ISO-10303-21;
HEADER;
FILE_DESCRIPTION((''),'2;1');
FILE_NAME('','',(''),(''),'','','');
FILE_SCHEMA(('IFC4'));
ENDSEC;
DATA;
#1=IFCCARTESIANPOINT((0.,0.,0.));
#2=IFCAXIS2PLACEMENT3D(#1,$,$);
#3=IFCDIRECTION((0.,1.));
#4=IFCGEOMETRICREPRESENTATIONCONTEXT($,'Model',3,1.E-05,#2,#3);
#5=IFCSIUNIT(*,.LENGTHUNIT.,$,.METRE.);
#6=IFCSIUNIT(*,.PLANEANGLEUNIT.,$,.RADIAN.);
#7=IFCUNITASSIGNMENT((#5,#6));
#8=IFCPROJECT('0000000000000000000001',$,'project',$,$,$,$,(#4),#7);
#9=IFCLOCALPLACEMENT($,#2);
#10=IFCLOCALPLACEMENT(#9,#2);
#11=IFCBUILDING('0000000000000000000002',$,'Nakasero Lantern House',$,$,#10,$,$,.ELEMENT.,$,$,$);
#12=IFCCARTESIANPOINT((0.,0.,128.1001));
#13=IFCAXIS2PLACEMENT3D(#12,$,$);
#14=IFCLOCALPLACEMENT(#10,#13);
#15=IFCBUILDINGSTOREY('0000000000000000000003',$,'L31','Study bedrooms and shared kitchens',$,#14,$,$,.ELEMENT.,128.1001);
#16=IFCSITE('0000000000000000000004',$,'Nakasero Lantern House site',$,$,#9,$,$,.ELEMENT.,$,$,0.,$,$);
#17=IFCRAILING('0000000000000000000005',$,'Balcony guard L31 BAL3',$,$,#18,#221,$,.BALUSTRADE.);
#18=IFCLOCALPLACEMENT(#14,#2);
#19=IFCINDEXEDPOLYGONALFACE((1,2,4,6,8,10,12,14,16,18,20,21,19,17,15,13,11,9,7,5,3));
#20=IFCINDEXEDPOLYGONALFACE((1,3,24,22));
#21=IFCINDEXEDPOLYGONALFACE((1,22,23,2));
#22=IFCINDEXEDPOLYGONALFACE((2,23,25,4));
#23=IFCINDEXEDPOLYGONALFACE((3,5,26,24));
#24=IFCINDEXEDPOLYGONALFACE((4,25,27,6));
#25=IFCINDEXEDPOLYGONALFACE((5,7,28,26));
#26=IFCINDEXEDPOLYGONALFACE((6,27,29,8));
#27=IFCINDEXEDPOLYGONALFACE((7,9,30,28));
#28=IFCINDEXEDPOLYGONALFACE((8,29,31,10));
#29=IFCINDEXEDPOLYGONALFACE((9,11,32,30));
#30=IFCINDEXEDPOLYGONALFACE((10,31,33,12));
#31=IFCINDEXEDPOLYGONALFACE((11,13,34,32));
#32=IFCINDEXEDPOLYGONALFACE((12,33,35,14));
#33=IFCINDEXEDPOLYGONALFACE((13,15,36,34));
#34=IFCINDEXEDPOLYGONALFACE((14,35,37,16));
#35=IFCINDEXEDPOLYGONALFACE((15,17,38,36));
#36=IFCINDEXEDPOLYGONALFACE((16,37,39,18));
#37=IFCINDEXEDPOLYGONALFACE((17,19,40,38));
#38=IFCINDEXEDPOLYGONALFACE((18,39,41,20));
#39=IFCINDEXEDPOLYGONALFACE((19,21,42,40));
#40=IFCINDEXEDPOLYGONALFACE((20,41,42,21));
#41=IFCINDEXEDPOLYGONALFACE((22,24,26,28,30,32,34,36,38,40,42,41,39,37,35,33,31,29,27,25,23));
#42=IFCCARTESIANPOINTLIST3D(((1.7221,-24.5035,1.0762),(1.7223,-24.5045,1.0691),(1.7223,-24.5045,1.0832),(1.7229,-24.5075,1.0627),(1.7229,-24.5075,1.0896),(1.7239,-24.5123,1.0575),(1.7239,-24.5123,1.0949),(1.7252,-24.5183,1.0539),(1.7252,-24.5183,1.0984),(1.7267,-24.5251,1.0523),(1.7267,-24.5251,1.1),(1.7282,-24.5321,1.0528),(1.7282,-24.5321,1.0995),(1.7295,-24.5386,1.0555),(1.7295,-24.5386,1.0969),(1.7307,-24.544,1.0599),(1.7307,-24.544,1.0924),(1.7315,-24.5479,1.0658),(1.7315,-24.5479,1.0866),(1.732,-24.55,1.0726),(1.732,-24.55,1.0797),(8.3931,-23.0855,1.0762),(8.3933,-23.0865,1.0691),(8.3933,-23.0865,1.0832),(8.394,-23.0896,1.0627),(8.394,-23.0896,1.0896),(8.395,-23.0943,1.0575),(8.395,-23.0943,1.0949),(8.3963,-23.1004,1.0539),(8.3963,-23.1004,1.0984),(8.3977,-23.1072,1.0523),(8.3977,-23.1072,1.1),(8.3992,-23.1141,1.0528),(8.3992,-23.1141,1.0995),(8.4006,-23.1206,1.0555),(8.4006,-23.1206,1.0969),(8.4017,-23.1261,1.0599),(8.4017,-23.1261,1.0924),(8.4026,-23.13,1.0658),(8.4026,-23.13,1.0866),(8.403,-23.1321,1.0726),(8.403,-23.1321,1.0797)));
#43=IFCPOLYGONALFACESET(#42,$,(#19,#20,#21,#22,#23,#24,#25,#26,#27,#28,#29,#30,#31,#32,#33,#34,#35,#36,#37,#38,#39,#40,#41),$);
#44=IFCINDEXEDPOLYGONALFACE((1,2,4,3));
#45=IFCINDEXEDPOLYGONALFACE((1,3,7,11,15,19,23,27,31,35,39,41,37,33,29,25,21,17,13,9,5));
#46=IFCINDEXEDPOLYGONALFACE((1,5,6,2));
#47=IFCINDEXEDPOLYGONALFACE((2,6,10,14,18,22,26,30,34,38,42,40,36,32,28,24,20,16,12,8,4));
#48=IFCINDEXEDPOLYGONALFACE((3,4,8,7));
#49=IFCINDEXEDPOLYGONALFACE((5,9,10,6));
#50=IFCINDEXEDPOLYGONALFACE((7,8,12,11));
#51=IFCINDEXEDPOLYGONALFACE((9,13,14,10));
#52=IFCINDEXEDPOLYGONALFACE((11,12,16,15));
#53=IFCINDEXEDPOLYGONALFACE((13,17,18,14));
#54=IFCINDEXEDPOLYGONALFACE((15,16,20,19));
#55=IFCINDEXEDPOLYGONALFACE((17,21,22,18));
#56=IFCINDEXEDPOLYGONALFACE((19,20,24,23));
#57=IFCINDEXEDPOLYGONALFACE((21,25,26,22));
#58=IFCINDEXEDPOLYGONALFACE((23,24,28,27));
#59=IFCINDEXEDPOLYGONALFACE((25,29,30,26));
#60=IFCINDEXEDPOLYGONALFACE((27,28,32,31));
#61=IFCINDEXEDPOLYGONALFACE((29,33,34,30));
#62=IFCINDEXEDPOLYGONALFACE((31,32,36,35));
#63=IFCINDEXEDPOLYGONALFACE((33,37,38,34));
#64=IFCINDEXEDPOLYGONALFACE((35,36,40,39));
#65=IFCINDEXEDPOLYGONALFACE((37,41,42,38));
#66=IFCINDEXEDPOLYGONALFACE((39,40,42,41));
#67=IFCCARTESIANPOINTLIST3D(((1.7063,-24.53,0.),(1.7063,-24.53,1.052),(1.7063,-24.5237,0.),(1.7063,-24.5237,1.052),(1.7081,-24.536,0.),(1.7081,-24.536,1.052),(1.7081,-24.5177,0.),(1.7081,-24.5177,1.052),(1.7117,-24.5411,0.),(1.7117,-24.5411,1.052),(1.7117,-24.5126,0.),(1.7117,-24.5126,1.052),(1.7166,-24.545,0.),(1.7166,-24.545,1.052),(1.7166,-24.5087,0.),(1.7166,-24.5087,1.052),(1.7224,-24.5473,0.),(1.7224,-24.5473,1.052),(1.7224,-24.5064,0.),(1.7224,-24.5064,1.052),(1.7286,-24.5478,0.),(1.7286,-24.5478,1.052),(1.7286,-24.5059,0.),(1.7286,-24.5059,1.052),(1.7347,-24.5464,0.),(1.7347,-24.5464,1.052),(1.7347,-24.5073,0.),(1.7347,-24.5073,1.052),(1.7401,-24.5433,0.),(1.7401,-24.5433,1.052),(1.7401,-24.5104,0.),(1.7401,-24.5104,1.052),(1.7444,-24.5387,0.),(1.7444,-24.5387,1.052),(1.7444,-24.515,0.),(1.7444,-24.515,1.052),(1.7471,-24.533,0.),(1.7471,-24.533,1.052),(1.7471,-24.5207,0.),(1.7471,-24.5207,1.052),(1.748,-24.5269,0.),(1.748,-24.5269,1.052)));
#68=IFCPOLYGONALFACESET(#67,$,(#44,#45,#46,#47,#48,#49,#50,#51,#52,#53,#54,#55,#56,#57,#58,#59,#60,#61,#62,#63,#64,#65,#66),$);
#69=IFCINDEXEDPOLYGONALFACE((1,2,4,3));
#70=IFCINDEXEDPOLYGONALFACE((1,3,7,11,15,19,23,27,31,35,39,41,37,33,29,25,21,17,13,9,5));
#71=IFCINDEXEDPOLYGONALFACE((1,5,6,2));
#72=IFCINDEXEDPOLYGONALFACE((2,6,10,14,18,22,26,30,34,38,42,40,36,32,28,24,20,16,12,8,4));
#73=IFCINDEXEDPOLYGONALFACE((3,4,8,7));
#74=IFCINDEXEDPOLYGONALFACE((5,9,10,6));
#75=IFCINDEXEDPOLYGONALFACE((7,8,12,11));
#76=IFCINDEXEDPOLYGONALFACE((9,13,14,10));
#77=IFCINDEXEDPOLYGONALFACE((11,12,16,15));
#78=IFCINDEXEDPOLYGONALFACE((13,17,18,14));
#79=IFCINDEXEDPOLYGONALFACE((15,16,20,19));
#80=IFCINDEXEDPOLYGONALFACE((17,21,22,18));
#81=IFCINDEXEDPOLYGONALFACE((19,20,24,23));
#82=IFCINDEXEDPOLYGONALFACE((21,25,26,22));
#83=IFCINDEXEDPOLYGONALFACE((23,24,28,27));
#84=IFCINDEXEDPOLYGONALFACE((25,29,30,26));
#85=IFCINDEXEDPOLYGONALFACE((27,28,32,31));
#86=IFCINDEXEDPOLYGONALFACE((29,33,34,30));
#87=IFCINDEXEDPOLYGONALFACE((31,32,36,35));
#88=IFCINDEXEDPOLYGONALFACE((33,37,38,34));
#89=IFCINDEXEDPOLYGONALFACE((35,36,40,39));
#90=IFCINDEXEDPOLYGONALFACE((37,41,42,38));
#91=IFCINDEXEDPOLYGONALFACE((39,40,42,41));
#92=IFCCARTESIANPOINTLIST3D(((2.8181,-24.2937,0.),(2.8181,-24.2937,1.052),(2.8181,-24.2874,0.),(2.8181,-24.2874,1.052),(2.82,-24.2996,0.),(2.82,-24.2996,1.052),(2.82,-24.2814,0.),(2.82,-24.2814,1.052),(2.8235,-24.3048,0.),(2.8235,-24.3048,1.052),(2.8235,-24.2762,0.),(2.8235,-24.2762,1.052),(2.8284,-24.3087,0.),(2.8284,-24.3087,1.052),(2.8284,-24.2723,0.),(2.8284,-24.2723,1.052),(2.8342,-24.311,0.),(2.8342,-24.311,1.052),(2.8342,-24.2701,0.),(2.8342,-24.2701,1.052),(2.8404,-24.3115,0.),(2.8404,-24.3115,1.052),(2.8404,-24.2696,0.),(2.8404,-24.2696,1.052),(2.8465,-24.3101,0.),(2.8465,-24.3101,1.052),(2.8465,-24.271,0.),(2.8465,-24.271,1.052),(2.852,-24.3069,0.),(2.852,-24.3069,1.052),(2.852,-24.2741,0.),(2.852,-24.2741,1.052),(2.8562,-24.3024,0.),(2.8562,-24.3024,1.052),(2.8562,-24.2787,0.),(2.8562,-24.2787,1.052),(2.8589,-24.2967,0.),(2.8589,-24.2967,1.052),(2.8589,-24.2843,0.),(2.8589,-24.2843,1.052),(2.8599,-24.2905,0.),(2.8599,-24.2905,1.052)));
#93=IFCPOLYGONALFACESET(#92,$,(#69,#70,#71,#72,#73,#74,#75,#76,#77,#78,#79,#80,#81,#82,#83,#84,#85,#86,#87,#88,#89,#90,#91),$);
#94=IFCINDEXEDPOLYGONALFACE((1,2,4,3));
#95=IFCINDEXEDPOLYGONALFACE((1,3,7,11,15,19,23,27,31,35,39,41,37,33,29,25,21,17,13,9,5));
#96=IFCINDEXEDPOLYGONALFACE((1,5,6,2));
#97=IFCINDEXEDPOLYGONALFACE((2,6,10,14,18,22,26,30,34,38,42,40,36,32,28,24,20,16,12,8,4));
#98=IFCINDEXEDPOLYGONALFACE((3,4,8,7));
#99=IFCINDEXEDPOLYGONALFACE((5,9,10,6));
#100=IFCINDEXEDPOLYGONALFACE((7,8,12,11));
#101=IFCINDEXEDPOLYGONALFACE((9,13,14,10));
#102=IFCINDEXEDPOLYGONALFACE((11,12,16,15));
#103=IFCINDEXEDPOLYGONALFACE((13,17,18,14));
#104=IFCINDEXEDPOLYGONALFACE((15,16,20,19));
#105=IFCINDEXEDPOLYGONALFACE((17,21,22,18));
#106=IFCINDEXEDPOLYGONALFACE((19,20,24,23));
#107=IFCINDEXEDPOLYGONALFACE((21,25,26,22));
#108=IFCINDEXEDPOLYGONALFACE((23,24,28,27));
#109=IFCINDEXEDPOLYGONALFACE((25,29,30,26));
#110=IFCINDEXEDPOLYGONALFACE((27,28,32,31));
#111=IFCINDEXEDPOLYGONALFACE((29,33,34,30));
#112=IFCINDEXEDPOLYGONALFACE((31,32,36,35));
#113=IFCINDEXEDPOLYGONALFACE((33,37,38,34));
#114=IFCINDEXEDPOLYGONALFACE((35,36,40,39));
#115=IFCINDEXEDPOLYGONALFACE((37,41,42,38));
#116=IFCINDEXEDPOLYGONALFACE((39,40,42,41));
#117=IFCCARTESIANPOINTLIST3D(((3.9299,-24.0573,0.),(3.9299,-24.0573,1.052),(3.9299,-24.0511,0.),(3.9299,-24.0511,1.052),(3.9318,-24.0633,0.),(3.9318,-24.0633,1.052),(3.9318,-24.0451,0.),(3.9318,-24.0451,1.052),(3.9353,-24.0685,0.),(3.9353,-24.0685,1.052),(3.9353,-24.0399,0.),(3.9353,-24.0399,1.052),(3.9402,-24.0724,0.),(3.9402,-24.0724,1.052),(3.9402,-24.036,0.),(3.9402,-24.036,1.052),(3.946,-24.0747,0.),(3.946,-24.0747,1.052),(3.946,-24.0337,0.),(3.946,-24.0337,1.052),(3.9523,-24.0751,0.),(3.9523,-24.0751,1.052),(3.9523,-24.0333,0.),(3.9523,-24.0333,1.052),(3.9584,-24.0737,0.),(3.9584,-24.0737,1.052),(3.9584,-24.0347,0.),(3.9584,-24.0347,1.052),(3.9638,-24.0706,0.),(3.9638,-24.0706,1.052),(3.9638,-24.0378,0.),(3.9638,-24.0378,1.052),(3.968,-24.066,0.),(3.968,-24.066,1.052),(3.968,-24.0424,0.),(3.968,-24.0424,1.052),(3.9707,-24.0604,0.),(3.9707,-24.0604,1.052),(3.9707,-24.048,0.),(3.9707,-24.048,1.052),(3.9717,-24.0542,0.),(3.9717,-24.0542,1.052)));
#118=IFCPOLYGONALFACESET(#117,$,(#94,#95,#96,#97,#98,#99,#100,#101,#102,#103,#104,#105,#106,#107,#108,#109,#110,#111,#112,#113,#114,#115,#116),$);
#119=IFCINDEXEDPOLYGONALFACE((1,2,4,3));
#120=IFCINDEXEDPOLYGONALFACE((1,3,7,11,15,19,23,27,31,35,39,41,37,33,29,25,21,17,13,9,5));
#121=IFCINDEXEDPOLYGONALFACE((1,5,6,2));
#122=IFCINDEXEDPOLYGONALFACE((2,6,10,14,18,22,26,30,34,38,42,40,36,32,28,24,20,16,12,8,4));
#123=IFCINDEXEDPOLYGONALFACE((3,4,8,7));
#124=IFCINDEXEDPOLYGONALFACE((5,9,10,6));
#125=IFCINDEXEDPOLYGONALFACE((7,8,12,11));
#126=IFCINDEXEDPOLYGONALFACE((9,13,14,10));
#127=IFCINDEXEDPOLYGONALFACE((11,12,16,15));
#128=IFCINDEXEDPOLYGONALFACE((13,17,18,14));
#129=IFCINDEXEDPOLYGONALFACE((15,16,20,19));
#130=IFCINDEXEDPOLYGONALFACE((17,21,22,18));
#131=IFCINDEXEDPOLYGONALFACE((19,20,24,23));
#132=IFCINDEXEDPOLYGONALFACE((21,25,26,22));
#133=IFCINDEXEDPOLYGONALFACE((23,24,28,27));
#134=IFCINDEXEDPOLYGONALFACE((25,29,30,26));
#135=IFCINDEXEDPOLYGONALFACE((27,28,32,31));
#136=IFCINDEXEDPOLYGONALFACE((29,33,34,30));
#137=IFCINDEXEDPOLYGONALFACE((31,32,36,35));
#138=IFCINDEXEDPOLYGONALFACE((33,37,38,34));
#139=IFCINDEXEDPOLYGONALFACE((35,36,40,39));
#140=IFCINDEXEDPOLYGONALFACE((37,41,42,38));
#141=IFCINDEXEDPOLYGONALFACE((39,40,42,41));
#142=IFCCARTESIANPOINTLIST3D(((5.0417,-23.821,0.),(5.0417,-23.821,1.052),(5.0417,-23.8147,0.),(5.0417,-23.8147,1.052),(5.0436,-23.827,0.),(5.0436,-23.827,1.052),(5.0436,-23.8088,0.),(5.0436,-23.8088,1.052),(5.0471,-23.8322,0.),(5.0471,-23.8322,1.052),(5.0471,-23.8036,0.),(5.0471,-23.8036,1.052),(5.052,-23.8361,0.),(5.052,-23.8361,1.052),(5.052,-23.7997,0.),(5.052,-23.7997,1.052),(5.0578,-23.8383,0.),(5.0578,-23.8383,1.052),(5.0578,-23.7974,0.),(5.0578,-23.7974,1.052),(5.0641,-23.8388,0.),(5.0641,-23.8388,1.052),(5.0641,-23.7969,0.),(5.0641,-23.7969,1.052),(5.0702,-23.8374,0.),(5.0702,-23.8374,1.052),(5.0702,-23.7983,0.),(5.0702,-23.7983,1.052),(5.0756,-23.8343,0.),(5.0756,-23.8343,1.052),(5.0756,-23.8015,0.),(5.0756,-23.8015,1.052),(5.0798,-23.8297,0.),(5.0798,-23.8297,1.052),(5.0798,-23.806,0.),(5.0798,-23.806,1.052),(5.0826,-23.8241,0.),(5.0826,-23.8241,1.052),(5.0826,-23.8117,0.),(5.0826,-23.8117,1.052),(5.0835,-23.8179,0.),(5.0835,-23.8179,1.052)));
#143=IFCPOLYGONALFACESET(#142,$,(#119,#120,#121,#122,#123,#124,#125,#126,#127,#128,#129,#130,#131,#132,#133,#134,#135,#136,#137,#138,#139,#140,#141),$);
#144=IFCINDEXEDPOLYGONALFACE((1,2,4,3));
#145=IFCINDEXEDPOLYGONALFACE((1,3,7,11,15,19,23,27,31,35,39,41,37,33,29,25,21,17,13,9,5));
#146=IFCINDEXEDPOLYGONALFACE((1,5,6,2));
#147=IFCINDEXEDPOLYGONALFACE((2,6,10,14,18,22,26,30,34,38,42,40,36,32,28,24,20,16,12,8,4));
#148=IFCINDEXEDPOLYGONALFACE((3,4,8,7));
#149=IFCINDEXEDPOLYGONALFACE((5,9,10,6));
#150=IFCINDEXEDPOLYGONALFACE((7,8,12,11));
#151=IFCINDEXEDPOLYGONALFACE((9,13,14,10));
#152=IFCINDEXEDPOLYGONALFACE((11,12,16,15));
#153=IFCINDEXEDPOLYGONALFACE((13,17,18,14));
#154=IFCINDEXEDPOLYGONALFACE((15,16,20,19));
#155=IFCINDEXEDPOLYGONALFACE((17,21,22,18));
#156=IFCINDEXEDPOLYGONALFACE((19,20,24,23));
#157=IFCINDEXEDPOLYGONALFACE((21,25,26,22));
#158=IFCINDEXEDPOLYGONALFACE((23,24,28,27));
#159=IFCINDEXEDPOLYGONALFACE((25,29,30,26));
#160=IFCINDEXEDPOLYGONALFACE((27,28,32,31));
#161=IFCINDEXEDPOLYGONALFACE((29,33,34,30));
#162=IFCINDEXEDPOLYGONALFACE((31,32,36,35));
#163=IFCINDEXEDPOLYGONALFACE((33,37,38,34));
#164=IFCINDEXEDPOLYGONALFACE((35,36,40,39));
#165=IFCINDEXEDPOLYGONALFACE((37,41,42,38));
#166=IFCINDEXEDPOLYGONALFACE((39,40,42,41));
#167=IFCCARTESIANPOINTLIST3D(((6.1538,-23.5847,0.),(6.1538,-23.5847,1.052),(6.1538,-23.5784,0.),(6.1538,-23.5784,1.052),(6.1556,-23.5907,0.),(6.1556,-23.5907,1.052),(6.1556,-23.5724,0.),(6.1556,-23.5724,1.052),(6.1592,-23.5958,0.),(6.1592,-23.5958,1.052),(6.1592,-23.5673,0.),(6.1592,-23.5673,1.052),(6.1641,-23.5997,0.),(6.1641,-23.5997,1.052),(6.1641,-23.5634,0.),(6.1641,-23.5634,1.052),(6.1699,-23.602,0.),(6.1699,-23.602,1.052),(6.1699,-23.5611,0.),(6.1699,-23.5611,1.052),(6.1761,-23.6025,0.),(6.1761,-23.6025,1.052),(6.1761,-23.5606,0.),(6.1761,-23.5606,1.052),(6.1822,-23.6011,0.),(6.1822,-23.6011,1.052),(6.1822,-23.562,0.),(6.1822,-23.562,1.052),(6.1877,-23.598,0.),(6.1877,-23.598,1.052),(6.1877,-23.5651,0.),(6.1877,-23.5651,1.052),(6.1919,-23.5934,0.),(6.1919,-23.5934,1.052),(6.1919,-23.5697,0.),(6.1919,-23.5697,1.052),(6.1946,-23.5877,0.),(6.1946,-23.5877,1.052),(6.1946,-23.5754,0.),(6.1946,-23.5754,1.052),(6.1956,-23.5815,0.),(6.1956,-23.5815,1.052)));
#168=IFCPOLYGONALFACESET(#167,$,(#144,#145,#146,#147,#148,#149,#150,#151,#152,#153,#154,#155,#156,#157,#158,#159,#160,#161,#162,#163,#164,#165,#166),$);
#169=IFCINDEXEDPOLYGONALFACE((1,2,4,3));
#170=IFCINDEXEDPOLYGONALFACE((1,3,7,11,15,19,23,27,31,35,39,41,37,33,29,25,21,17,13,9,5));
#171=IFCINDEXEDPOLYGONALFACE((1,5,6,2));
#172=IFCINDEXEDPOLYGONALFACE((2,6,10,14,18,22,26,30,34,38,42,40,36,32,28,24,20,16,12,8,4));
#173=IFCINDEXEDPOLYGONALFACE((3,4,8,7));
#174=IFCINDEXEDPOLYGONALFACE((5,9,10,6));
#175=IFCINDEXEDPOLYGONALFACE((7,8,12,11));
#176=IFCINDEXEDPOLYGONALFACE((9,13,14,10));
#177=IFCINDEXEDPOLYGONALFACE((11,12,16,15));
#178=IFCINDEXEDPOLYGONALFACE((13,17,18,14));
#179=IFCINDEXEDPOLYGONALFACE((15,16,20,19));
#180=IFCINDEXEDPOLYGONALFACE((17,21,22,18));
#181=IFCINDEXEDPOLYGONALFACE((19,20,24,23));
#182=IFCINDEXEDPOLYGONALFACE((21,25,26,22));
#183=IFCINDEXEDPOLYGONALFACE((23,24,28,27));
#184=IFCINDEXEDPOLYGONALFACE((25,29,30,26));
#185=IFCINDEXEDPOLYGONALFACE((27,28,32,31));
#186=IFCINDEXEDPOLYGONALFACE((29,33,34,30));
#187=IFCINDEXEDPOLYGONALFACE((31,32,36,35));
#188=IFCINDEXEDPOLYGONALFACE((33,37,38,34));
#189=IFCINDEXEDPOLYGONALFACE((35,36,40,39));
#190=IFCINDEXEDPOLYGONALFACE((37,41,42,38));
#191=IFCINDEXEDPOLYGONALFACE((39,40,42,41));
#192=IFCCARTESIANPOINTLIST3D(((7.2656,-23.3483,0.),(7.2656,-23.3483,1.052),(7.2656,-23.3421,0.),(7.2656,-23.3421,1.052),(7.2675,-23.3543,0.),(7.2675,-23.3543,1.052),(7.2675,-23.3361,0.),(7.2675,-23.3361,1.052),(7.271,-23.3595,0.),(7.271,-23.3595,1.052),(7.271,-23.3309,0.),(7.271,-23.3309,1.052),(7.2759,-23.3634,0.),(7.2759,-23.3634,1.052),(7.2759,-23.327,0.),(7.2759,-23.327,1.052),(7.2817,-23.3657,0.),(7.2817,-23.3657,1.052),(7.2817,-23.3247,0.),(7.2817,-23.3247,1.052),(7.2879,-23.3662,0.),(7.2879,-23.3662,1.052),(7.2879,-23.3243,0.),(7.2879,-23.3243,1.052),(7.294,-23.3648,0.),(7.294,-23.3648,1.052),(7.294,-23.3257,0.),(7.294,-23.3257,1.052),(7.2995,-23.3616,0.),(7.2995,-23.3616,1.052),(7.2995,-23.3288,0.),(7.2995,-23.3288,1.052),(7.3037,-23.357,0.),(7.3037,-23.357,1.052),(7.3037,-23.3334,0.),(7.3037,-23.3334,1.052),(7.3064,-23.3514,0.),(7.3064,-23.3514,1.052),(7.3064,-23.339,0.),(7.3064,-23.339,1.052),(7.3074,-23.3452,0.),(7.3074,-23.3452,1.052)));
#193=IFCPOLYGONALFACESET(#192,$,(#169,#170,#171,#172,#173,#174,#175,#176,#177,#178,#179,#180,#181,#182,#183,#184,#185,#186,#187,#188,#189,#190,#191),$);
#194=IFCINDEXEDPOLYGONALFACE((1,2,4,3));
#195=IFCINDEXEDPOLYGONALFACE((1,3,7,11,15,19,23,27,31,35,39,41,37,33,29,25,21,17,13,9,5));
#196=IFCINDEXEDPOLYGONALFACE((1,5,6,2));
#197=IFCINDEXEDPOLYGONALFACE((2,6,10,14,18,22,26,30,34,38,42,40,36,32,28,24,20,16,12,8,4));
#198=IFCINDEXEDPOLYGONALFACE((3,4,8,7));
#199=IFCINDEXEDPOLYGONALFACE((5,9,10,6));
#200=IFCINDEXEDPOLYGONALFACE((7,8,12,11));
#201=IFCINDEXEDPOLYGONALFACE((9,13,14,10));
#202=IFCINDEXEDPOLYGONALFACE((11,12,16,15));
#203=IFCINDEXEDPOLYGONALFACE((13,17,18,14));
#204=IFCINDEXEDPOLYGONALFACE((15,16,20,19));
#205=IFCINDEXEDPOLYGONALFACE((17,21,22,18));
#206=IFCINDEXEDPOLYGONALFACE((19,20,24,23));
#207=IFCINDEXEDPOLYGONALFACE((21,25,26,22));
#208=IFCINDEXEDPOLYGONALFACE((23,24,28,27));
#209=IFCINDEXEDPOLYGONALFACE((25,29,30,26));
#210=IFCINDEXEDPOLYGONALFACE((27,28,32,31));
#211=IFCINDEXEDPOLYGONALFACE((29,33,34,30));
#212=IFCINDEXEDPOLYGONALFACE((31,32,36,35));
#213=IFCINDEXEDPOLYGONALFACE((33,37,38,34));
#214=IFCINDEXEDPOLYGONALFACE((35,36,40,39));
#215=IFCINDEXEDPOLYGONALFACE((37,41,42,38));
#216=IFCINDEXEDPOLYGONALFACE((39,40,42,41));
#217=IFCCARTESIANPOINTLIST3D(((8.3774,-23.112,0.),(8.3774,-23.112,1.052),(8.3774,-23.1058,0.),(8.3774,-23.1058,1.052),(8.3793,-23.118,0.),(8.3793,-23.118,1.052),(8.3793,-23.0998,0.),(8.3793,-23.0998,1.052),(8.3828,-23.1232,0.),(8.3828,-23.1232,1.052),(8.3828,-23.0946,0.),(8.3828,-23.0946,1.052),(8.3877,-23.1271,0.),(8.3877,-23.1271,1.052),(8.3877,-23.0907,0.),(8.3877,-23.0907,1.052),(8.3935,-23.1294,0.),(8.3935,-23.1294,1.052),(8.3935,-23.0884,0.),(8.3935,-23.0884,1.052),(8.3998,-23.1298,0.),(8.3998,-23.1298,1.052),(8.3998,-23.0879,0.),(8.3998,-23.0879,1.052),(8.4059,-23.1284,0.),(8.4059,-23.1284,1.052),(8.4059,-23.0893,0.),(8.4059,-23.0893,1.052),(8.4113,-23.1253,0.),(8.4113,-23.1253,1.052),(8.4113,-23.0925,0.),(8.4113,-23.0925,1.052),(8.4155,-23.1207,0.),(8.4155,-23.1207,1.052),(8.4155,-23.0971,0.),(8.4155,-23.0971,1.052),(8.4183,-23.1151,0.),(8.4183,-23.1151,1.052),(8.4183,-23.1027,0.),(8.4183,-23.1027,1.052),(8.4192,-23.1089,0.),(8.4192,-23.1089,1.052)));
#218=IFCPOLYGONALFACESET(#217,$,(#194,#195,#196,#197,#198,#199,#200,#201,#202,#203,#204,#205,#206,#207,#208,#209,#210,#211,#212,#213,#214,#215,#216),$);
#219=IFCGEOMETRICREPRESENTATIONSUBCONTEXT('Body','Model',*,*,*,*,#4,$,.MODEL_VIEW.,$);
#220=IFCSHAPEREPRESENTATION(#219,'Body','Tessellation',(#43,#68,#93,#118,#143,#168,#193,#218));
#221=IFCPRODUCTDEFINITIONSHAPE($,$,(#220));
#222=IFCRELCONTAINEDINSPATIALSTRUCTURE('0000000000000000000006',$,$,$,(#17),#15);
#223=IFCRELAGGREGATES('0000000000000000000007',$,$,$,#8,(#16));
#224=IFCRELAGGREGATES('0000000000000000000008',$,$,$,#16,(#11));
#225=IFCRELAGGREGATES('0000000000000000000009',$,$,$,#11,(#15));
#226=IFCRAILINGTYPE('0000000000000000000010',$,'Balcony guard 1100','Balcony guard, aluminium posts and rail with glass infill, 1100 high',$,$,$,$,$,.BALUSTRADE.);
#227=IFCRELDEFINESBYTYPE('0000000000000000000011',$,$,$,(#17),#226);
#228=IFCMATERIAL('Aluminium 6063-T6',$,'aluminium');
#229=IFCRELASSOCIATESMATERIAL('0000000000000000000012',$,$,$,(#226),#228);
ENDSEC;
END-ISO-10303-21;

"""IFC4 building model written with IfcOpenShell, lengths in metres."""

from ifc_helpers import new_model, si_unit, direction, frame, origin, origin_2d, place, context, subcontext, project, spatial, circle, extrude, material, type_object, element, save


model = new_model("IFC4")

# Units and contexts
model_context = context("Model", 3, precision=1e-05, world=origin(), true_north=direction((0.0, 1.0)))
body_context = subcontext(model_context, "Body", "Model", "MODEL_VIEW")
ifc_project = project(units=[si_unit("LENGTHUNIT", "METRE"), si_unit("PLANEANGLEUNIT", "RADIAN")], contexts=[model_context])

# Site, building, storey
site_placement = place(None, origin())
site = spatial("IfcSite", under=ifc_project, at=site_placement, Name="Nakasero Lantern House site", CompositionType="ELEMENT", RefElevation=0.0)
building_placement = place(site_placement, origin())
building = spatial("IfcBuilding", under=site, at=building_placement, Name="Nakasero Lantern House", CompositionType="ELEMENT")
storey_placement = place(building_placement, frame((0.0, 0.0, 128.1001)))
storey = spatial("IfcBuildingStorey", under=building, at=storey_placement, Name="L31", Description="Study bedrooms and shared kitchens", CompositionType="ELEMENT", Elevation=128.1001)

# Railing
ifc_material_1 = material(Name="Aluminium 6063-T6", Category="aluminium")
railing_type = type_object("IfcRailingType", Name="Balcony guard 1100", Description="Balcony guard, aluminium posts and rail with glass infill, 1100 high", PredefinedType="BALUSTRADE", material=ifc_material_1)
railing_placement = place(storey_placement, frame((1.7271, -24.5269, 0.0)))
element("IfcRailing", 1, at=railing_placement, inside=storey, type_object=railing_type, Name="Balcony guard L31 BAL3", PredefinedType="BALUSTRADE", context=body_context, shape_type="SweptSolid", body=[
    extrude(circle(Radius=0.0239, at=origin_2d()), frame((0.0, 0.0, 1.0762), z_axis=(0.978148, 0.207908, 0.0), x_axis=(-0.207908, 0.978148, 0.0)), (0.0, 0.0, 1.0), 6.8201),
    extrude(circle(Radius=0.021, at=origin_2d()), origin(), (0.0, 0.0, 1.0), 1.052),
    extrude(circle(Radius=0.021, at=origin_2d()), frame((1.1118, 0.2363, 0.0)), (0.0, 0.0, 1.0), 1.052),
    extrude(circle(Radius=0.021, at=origin_2d()), frame((2.2236, 0.4727, 0.0)), (0.0, 0.0, 1.0), 1.052),
    extrude(circle(Radius=0.021, at=origin_2d()), frame((3.3354, 0.709, 0.0)), (0.0, 0.0, 1.0), 1.052),
    extrude(circle(Radius=0.021, at=origin_2d()), frame((4.4475, 0.9453, 0.0)), (0.0, 0.0, 1.0), 1.052),
    extrude(circle(Radius=0.021, at=origin_2d()), frame((5.5593, 1.1816, 0.0)), (0.0, 0.0, 1.0), 1.052),
    extrude(circle(Radius=0.021, at=origin_2d()), frame((6.6711, 1.418, 0.0)), (0.0, 0.0, 1.0), 1.052),
])

save(model, "model.ifc")
